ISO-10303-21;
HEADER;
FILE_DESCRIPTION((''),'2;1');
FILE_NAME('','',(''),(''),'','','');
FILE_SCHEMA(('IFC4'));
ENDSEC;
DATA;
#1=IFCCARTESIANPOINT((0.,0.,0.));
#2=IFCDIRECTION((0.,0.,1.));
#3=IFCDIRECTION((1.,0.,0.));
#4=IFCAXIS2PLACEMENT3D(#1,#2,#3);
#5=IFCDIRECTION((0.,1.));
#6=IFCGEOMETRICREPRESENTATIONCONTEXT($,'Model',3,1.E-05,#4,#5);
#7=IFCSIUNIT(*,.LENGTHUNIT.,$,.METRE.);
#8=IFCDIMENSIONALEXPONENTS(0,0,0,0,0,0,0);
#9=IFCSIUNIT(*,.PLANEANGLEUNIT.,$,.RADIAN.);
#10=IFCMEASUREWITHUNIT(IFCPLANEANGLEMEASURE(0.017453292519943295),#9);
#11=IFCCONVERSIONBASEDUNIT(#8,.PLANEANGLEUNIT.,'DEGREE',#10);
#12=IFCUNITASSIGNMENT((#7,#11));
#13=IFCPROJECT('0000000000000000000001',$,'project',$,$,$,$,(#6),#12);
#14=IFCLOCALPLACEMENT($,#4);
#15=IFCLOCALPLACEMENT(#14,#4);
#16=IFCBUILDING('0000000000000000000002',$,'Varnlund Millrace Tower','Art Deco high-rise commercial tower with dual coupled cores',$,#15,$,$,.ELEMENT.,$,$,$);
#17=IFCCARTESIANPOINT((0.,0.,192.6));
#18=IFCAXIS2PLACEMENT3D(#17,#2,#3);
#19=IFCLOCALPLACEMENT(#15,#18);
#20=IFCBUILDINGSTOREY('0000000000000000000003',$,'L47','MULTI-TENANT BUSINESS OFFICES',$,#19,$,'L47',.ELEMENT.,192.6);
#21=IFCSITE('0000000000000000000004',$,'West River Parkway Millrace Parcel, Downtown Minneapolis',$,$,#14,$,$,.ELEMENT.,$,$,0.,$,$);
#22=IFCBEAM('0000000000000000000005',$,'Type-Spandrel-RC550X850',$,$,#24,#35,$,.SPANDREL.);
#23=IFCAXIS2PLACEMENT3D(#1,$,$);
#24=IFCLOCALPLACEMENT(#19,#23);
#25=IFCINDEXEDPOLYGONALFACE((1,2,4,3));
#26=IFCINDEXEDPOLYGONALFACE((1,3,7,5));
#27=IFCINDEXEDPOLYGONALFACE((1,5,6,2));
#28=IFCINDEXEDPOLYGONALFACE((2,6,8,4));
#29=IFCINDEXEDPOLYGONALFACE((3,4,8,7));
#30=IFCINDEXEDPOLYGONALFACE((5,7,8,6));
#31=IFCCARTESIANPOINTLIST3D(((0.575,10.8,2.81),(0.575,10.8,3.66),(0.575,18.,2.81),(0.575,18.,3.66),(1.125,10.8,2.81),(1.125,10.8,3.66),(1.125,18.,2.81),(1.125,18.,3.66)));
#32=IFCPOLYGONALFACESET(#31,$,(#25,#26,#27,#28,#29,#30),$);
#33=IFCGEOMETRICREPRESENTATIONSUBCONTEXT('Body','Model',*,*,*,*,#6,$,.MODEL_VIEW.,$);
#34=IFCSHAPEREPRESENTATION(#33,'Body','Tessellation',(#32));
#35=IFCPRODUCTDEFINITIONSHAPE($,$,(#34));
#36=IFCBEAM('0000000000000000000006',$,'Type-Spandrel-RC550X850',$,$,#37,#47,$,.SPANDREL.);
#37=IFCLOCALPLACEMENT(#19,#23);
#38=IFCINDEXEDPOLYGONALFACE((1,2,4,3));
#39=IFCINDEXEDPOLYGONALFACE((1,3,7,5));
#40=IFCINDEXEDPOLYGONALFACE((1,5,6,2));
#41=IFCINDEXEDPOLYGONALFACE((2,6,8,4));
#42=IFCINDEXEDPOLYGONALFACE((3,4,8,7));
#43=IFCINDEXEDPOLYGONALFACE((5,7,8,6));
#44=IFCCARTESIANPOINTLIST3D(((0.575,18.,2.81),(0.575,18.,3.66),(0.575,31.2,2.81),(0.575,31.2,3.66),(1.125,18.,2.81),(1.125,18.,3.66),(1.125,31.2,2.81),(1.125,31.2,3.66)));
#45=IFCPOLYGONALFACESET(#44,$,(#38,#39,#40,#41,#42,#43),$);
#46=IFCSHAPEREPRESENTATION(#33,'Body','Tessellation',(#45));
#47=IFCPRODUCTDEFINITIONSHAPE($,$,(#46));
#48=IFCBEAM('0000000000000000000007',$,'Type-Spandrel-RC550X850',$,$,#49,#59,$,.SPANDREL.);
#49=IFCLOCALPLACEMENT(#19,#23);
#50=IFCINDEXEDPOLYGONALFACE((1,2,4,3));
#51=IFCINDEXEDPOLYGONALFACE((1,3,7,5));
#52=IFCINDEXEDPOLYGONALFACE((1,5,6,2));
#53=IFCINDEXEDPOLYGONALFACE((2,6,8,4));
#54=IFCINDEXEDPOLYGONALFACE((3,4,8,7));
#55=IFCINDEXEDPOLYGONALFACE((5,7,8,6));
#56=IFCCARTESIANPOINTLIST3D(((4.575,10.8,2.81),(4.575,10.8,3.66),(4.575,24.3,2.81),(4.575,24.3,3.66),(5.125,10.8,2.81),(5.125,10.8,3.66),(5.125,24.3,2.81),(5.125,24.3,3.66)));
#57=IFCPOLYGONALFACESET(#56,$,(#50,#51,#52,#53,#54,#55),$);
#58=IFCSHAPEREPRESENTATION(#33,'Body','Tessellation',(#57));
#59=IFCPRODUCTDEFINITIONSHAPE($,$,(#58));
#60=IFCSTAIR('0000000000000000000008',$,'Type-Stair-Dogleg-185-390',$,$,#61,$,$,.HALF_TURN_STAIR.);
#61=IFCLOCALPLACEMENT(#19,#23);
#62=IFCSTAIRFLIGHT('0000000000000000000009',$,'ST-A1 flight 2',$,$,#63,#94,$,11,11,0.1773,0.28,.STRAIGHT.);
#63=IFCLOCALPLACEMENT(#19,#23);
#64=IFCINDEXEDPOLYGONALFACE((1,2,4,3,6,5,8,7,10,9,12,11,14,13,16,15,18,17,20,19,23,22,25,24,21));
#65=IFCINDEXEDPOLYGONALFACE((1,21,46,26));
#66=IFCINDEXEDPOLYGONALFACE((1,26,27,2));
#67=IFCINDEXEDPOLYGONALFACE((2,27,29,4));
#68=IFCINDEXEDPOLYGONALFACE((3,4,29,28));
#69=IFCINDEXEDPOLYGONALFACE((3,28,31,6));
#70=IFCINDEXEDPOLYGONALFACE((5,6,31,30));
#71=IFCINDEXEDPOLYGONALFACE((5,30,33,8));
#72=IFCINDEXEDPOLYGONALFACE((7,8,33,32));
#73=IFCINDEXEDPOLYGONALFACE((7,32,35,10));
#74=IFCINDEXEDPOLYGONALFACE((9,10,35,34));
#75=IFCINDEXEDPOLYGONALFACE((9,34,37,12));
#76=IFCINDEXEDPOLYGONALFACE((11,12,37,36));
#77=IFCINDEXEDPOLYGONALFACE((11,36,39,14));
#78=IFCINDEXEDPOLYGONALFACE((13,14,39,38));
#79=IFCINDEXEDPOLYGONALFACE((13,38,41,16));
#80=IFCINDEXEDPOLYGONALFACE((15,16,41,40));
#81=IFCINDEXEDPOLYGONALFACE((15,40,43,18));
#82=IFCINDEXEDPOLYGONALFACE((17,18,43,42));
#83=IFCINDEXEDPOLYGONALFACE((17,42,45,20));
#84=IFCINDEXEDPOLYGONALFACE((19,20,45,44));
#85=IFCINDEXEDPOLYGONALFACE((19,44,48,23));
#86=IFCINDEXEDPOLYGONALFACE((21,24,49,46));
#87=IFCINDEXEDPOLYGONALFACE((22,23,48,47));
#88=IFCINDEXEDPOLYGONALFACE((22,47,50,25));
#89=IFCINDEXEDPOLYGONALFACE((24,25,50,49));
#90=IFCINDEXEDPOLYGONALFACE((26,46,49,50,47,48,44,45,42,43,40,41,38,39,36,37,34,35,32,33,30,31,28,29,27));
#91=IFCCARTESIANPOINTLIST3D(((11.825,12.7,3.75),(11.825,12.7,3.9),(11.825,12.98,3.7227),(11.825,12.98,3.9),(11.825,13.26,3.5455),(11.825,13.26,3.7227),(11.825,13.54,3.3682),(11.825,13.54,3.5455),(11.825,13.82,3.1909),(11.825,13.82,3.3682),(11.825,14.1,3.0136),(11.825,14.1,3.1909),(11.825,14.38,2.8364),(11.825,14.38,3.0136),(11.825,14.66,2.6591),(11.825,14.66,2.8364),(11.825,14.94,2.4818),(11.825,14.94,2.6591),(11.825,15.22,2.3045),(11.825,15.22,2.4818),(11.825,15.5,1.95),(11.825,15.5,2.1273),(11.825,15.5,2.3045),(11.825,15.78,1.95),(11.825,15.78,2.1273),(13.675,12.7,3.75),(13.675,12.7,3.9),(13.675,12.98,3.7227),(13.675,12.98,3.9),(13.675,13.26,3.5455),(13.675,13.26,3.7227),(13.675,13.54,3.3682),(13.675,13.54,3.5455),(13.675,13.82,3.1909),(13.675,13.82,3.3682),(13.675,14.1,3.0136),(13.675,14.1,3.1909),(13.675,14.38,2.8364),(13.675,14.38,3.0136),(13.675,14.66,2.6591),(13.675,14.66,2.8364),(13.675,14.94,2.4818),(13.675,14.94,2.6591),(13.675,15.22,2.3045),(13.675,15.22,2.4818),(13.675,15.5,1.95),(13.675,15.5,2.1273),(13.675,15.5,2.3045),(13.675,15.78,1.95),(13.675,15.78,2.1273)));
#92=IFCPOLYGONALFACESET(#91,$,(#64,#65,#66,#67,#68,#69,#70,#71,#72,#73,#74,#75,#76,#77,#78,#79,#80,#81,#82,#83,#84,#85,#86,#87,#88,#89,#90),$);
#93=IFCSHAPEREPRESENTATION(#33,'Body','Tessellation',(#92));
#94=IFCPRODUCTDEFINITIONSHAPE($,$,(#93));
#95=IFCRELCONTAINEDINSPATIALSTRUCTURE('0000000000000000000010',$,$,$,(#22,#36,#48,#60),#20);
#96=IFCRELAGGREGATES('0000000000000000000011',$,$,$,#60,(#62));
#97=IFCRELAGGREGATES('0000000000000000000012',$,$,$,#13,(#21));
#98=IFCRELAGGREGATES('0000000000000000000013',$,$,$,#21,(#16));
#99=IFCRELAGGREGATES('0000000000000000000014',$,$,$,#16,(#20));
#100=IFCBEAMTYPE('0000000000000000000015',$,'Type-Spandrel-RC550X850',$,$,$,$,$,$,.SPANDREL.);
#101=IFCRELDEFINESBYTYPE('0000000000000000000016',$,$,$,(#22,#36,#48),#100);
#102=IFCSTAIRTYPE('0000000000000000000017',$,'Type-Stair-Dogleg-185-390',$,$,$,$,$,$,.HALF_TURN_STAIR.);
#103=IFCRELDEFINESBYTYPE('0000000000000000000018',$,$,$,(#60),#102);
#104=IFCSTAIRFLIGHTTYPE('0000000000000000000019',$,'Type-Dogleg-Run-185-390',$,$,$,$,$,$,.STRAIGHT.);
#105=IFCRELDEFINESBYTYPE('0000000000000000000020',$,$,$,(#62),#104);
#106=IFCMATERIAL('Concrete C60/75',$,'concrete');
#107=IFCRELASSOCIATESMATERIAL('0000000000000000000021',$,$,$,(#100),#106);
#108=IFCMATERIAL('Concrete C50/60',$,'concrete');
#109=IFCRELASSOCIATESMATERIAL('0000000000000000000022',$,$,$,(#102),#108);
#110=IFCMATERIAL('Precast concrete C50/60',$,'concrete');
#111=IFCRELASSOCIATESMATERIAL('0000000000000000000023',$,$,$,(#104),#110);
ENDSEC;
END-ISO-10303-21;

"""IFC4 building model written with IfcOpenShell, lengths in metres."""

from ifc_helpers import new_model, entity, si_unit, converted_unit, direction, frame, origin_with_axes, origin_2d_with_axis, place, context, subcontext, project, spatial, polyline, rectangle, outline, extrude, material, material_profile, profile_set, type_object, element, aggregate, save


model = new_model("IFC4")

# Units and contexts
model_context = context("Model", 3, precision=1e-05, world=origin_with_axes(), true_north=direction((0.0, 1.0)))
body_context = subcontext(model_context, "Body", "Model", "MODEL_VIEW")
ifc_project = project(units=[si_unit("LENGTHUNIT", "METRE"), converted_unit("PLANEANGLEUNIT", "DEGREE", entity("IfcPlaneAngleMeasure", 0.017453292519943295), si_unit("PLANEANGLEUNIT", "RADIAN"), dimensions=[0, 0, 0, 0, 0, 0, 0])], contexts=[model_context])

# Site, building, storey
site_placement = place(None, origin_with_axes())
site = spatial("IfcSite", under=ifc_project, at=site_placement, Name="West River Parkway Millrace Parcel, Downtown Minneapolis", CompositionType="ELEMENT", RefElevation=0.0)
building_placement = place(site_placement, origin_with_axes())
building = spatial("IfcBuilding", under=site, at=building_placement, Name="Varnlund Millrace Tower", Description="Art Deco high-rise commercial tower with dual coupled cores", CompositionType="ELEMENT")
storey_placement = place(building_placement, frame((0.0, 0.0, 192.6), z_axis=(0.0, 0.0, 1.0), x_axis=(1.0, 0.0, 0.0)))
storey = spatial("IfcBuildingStorey", under=building, at=storey_placement, Name="L47", Description="MULTI-TENANT BUSINESS OFFICES", LongName="L47", CompositionType="ELEMENT", Elevation=192.6)

# Beams
ifc_material_1 = material(Name="Concrete C60/75", Category="concrete")
ifc_material_profile_1 = material_profile(ifc_material_1, rectangle(XDim=0.55, YDim=0.85, at=origin_2d_with_axis()), Name="Concrete C60/75")
ifc_profile_set_1 = profile_set([ifc_material_profile_1], Name="Concrete C60/75")
beam_type_1 = type_object("IfcBeamType", Name="Type-Spandrel-RC550X850", PredefinedType="SPANDREL", material=ifc_profile_set_1)
beam_1_placement = place(storey_placement, frame((0.85, 10.8, 3.235), z_axis=(0.0, 1.0, 0.0), x_axis=(-1.0, 0.0, 0.0)))
element("IfcBeam", 1, at=beam_1_placement, inside=storey, type_object=beam_type_1, Name="Type-Spandrel-RC550X850", PredefinedType="SPANDREL", context=body_context, shape_type="SweptSolid", body=[
    extrude(rectangle(XDim=0.55, YDim=0.85, at=origin_2d_with_axis()), origin_with_axes(), (0.0, 0.0, 1.0), 7.2),
])
beam_2_placement = place(storey_placement, frame((0.85, 18.0, 3.235), z_axis=(0.0, 1.0, 0.0), x_axis=(-1.0, 0.0, 0.0)))
element("IfcBeam", 2, at=beam_2_placement, inside=storey, type_object=beam_type_1, Name="Type-Spandrel-RC550X850", PredefinedType="SPANDREL", context=body_context, shape_type="SweptSolid", body=[
    extrude(rectangle(XDim=0.55, YDim=0.85, at=origin_2d_with_axis()), origin_with_axes(), (0.0, 0.0, 1.0), 13.2),
])
beam_3_placement = place(storey_placement, frame((4.85, 10.8, 3.235), z_axis=(0.0, 1.0, 0.0), x_axis=(-1.0, 0.0, 0.0)))
element("IfcBeam", 3, at=beam_3_placement, inside=storey, type_object=beam_type_1, Name="Type-Spandrel-RC550X850", PredefinedType="SPANDREL", context=body_context, shape_type="SweptSolid", body=[
    extrude(rectangle(XDim=0.55, YDim=0.85, at=origin_2d_with_axis()), origin_with_axes(), (0.0, 0.0, 1.0), 13.5),
])

# Stair, stair flight
ifc_material_2 = material(Name="Concrete C50/60", Category="concrete")
stair_type = type_object("IfcStairType", Name="Type-Stair-Dogleg-185-390", PredefinedType="HALF_TURN_STAIR", material=ifc_material_2)
stair_placement = place(storey_placement, origin_with_axes())
stair = element("IfcStair", 4, at=stair_placement, inside=storey, type_object=stair_type, Name="Type-Stair-Dogleg-185-390", PredefinedType="HALF_TURN_STAIR")
ifc_material_3 = material(Name="Precast concrete C50/60", Category="concrete")
stair_flight_type = type_object("IfcStairFlightType", Name="Type-Dogleg-Run-185-390", PredefinedType="STRAIGHT", material=ifc_material_3)
stair_flight_placement = place(storey_placement, frame((13.675, 15.78, 1.95), z_axis=(-1.0, 0.0, 0.0), x_axis=(0.0, -1.0, 0.0)))
stair_flight = element("IfcStairFlight", 5, at=stair_flight_placement, type_object=stair_flight_type, Name="ST-A1 flight 2", NumberOfRisers=11, NumberOfTreads=11, PredefinedType="STRAIGHT", RiserHeight=0.1773, TreadLength=0.28, context=body_context, shape_type="SweptSolid", body=[
    extrude(outline(polyline([(0.0, 0.0), (0.0, 0.1773), (0.28, 0.1773), (0.28, 0.3545), (0.56, 0.3545), (0.56, 0.5318), (0.84, 0.5318), (0.84, 0.7091), (1.12, 0.7091), (1.12, 0.8864), (1.4, 0.8864), (1.4, 1.0636), (1.68, 1.0636), (1.68, 1.2409), (1.96, 1.2409), (1.96, 1.4182), (2.24, 1.4182), (2.24, 1.5955), (2.52, 1.5955), (2.52, 1.7727), (2.8, 1.7727), (2.8, 1.95), (3.08, 1.95), (3.08, 1.8), (0.28, 0.0), (0.0, 0.0)])), origin_with_axes(), (0.0, 0.0, 1.0), 1.85),
])
aggregate(stair, [stair_flight])

save(model, "model.ifc")
